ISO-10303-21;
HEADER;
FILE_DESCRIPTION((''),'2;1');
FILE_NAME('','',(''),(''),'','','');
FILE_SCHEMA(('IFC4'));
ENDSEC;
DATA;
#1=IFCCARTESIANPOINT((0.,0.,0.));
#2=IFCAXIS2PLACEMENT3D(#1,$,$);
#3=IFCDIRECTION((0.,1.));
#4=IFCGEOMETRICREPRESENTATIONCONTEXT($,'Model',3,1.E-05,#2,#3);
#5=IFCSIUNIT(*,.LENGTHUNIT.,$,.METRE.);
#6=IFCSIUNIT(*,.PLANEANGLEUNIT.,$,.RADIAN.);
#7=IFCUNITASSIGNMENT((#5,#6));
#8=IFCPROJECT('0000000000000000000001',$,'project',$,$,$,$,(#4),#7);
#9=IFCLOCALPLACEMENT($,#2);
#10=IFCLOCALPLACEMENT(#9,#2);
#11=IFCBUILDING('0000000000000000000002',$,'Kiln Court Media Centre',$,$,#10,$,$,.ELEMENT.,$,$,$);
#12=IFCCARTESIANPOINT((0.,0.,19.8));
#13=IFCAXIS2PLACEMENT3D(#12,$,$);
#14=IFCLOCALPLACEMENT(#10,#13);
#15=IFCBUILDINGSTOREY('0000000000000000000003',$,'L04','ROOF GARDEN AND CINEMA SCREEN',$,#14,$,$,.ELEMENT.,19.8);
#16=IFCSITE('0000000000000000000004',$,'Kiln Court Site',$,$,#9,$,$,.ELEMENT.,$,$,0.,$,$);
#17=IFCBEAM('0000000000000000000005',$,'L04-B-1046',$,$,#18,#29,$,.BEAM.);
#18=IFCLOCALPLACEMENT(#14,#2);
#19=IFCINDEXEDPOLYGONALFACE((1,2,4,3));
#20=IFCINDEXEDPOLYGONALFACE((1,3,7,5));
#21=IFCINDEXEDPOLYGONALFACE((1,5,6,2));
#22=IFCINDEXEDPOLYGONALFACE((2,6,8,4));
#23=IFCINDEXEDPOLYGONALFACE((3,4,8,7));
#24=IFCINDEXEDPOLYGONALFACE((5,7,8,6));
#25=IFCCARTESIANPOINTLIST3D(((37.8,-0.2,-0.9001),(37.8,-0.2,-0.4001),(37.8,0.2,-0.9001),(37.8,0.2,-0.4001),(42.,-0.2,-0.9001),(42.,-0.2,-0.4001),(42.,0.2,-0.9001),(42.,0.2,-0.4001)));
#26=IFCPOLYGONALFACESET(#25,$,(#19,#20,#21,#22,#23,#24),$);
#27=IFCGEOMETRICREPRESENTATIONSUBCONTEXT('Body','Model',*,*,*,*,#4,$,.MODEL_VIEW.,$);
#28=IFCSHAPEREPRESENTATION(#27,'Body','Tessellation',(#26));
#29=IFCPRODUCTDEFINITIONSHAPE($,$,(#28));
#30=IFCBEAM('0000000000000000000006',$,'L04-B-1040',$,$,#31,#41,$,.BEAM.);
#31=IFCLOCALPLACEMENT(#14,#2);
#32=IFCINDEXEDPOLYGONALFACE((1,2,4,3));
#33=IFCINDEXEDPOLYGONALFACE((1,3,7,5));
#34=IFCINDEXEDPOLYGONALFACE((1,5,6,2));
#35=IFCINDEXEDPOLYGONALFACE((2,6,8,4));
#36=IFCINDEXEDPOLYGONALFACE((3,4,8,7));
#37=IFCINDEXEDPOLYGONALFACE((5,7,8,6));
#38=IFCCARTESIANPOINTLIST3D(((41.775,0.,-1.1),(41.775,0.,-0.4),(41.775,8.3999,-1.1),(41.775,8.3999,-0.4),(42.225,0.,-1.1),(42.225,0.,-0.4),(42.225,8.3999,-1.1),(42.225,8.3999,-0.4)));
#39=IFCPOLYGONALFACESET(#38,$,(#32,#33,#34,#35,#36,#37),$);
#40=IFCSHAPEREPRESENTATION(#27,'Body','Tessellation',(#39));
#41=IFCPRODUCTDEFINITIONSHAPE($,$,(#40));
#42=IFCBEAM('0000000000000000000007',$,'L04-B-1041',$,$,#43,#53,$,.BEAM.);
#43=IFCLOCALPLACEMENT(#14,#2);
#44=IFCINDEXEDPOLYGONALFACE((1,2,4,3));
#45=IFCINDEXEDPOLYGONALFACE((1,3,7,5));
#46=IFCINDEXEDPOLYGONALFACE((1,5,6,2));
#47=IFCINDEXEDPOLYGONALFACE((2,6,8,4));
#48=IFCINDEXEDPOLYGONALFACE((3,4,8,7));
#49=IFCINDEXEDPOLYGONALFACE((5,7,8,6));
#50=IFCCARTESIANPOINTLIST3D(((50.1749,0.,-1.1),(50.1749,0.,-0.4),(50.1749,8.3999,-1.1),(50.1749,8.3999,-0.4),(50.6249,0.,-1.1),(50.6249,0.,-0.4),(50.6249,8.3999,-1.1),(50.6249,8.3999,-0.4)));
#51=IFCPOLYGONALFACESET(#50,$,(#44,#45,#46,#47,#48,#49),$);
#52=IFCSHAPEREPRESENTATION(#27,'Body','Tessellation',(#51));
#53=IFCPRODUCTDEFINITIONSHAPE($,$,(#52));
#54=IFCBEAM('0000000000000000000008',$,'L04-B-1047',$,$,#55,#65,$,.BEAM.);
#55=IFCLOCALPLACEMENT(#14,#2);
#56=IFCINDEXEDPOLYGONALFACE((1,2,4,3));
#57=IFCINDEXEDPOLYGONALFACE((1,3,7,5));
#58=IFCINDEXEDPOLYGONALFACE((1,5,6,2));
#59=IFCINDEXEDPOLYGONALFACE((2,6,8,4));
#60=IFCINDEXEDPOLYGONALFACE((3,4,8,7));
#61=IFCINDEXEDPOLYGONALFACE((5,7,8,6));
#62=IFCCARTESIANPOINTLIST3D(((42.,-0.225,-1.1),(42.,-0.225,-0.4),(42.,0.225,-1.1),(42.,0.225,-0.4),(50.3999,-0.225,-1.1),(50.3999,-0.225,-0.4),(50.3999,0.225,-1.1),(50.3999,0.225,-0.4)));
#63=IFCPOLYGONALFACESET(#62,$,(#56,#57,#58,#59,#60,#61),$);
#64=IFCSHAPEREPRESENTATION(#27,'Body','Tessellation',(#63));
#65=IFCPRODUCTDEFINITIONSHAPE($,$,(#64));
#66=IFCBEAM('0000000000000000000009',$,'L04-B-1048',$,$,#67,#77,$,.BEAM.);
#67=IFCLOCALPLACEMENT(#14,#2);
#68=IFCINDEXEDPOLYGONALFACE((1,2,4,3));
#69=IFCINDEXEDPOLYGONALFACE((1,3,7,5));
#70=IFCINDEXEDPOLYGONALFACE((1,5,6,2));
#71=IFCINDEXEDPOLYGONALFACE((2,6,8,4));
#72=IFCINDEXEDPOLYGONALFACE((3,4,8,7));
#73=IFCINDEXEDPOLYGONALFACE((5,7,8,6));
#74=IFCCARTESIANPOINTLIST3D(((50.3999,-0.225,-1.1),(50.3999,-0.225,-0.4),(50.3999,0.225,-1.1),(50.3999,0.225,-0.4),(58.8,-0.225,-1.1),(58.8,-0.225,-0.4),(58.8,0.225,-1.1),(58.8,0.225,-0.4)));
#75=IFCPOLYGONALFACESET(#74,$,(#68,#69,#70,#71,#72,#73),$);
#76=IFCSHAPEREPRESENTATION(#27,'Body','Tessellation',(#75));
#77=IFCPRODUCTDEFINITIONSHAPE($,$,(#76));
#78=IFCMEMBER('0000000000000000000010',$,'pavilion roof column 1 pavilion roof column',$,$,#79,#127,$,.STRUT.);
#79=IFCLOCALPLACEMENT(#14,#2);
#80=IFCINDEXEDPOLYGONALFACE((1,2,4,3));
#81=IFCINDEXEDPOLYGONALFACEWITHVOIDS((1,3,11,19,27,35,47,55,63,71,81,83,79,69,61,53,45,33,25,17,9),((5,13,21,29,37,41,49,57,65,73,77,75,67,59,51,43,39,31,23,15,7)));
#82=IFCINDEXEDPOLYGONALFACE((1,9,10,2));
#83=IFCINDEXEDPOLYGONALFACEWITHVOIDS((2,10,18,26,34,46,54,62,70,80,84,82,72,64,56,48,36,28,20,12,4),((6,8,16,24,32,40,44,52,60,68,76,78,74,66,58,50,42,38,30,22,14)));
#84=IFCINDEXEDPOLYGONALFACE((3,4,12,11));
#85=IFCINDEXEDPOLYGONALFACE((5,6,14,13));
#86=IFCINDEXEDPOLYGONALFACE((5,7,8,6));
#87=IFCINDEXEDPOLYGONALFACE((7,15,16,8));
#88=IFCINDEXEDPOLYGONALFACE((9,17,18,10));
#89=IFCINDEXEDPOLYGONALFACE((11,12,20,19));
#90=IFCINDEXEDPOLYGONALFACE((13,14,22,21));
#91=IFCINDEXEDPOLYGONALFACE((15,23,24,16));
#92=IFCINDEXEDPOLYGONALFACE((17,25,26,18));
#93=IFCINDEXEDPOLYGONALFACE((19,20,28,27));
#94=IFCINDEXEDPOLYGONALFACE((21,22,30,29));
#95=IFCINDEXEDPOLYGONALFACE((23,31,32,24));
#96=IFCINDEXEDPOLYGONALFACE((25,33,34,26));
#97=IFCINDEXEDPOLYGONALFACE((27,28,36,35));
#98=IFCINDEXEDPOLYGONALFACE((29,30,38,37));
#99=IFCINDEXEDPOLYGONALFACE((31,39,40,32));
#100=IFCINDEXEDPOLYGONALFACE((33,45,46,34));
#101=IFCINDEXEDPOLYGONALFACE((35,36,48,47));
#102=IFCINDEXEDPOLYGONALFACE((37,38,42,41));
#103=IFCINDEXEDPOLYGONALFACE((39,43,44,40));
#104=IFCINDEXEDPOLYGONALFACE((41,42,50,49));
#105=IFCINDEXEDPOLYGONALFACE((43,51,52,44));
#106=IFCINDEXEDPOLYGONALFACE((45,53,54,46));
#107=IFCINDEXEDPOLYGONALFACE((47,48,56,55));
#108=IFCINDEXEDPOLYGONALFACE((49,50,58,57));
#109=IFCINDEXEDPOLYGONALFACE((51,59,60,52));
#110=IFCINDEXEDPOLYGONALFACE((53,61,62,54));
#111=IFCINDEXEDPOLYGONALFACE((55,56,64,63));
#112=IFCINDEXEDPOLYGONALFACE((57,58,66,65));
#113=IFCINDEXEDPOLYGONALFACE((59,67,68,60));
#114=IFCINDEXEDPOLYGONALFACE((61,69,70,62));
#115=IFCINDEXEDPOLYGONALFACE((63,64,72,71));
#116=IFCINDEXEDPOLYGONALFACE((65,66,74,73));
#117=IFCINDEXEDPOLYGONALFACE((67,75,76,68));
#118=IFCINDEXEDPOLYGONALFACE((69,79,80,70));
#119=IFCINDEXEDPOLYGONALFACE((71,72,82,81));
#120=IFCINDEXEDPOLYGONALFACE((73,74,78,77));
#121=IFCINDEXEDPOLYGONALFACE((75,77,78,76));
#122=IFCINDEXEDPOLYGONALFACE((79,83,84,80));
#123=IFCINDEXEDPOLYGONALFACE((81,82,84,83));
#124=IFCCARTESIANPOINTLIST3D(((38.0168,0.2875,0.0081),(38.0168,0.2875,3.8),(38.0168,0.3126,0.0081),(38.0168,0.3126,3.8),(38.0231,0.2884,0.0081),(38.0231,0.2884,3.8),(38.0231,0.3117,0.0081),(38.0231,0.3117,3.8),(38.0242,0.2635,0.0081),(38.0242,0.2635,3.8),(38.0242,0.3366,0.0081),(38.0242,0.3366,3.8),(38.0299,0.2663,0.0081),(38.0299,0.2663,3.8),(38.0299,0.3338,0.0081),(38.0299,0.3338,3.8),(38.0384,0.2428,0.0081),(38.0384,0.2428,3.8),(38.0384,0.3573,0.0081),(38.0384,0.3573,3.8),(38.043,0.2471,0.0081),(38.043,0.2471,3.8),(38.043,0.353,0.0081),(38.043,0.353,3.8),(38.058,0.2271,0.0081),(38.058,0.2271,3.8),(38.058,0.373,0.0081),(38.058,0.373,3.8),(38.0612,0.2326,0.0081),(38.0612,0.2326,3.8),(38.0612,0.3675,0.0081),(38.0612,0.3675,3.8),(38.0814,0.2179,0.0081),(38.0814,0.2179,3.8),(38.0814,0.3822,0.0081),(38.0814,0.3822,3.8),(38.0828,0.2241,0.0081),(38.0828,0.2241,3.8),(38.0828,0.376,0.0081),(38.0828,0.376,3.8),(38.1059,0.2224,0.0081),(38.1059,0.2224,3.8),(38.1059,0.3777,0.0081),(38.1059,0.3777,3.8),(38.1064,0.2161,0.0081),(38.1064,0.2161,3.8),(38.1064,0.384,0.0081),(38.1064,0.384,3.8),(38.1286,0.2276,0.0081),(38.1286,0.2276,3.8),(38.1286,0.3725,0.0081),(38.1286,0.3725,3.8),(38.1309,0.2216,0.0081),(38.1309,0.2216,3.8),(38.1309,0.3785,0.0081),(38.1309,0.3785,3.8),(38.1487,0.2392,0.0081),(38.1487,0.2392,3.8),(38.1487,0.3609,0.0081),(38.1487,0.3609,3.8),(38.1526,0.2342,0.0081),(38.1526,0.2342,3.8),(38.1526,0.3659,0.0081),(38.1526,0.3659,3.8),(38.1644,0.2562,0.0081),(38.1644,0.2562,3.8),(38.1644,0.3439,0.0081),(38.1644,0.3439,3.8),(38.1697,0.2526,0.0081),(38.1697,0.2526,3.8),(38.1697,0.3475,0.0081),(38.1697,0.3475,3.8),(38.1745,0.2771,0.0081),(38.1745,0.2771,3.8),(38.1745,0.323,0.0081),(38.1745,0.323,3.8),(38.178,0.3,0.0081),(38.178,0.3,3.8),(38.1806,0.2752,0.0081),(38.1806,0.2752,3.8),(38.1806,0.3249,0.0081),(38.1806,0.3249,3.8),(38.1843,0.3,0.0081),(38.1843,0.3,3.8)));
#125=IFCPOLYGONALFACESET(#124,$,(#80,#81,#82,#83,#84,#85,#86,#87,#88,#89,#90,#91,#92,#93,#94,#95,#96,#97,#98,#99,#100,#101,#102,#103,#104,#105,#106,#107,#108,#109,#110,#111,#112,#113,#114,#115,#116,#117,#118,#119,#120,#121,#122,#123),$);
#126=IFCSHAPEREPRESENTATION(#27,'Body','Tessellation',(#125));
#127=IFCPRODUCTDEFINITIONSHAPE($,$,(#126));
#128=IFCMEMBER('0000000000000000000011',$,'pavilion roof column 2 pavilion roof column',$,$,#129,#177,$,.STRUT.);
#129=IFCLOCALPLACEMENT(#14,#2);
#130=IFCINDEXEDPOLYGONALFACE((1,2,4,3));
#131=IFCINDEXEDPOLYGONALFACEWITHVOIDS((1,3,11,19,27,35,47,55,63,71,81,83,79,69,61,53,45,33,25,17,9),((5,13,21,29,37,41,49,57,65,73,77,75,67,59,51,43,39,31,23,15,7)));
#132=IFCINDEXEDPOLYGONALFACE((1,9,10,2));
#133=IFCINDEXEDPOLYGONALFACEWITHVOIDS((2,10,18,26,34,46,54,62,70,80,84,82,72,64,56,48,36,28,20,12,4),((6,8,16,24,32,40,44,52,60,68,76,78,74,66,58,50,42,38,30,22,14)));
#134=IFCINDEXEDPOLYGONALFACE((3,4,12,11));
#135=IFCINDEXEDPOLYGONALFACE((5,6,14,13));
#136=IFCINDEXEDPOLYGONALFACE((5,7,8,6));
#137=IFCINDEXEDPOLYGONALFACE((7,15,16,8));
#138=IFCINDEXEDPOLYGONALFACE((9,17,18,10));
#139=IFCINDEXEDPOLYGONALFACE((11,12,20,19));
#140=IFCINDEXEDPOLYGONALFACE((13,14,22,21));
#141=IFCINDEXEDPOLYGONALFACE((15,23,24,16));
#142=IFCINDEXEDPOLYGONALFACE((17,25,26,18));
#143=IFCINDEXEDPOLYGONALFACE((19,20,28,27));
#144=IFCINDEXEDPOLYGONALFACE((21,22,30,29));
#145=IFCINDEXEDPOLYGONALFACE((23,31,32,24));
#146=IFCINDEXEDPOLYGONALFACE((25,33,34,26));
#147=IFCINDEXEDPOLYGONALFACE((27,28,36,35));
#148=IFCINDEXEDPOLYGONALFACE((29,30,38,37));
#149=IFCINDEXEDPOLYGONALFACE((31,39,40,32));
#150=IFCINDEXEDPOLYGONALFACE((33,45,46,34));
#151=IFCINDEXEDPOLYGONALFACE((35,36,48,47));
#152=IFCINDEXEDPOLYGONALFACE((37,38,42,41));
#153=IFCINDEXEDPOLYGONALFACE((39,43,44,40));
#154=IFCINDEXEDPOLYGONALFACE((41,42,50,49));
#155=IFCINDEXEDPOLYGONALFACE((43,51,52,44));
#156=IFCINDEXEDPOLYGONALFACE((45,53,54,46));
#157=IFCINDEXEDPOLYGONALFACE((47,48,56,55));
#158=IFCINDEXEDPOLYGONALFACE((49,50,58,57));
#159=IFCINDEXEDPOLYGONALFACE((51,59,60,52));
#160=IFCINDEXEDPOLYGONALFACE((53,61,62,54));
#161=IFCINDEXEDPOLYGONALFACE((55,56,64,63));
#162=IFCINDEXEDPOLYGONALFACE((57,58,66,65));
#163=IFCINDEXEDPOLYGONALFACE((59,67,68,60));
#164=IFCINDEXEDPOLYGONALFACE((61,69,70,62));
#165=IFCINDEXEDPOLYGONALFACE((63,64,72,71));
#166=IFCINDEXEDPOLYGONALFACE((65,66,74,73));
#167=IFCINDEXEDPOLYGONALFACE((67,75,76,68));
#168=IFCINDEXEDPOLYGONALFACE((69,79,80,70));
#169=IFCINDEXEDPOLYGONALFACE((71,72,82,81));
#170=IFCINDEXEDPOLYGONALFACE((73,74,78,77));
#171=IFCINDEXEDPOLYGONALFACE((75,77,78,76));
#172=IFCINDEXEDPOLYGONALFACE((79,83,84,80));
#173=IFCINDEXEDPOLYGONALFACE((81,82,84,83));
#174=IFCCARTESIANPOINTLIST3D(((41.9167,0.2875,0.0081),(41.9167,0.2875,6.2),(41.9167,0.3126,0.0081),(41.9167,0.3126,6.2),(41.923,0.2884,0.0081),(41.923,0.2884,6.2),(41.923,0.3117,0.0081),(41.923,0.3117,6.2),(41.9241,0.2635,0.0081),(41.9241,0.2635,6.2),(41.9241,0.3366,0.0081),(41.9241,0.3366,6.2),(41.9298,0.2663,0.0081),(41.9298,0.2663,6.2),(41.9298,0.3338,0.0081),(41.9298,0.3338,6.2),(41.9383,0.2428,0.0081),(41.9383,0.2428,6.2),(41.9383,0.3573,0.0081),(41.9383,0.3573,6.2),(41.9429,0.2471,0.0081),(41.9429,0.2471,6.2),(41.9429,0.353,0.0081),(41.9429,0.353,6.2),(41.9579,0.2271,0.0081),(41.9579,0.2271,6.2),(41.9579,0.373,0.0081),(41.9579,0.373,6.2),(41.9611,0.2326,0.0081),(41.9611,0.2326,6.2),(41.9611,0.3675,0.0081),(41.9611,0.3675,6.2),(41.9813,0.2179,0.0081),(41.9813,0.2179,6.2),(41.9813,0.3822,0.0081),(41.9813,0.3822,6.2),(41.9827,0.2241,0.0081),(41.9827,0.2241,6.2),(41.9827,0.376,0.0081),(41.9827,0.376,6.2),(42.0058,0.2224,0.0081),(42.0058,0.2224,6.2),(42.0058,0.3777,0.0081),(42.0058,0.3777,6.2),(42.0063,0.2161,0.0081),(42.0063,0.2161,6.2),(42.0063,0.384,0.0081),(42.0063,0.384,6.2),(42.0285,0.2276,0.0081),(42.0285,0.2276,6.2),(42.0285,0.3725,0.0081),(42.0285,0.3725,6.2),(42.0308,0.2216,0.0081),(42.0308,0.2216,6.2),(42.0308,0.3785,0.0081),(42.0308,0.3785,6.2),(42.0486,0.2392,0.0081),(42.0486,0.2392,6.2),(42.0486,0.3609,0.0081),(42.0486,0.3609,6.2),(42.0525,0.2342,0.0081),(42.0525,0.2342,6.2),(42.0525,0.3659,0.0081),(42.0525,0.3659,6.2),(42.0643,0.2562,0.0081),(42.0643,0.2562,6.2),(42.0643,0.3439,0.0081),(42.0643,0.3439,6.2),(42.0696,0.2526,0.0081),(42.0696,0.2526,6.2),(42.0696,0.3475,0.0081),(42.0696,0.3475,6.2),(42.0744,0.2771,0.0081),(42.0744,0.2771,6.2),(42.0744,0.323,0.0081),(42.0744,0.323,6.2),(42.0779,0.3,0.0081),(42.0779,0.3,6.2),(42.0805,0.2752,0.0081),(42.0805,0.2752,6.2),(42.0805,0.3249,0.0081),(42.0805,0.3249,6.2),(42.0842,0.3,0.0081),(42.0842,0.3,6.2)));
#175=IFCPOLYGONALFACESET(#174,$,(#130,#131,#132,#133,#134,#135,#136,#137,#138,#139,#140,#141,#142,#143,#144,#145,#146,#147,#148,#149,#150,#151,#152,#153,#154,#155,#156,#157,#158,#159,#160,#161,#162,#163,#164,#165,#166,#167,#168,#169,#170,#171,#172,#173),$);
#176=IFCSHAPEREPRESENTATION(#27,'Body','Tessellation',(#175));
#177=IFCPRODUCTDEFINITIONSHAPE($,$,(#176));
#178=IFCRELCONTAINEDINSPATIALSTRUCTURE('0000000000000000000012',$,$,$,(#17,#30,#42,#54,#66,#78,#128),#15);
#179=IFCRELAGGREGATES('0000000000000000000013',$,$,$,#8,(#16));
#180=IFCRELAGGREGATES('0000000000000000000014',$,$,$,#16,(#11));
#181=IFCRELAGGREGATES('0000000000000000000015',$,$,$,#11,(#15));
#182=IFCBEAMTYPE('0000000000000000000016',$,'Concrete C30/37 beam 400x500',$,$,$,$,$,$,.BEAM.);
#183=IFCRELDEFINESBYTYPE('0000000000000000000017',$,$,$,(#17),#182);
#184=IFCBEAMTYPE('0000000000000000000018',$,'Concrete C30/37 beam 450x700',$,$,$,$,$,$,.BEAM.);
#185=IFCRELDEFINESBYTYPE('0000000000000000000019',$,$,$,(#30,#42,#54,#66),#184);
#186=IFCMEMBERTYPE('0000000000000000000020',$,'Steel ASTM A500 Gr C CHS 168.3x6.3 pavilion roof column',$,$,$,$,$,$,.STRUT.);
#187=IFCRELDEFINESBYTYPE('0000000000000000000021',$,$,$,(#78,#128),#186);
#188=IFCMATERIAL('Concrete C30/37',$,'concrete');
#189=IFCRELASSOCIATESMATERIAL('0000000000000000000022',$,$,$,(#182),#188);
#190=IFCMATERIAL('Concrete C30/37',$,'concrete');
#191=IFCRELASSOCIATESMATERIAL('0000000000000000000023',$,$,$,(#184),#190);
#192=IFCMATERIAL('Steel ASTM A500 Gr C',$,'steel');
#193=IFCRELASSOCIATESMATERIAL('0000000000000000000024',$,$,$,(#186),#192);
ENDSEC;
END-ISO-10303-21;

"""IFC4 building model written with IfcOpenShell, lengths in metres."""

from ifc_helpers import new_model, si_unit, direction, frame, origin, origin_2d, place, context, subcontext, project, spatial, rectangle, hollow_circle, extrude, material, material_profile, profile_set, type_object, element, save


model = new_model("IFC4")

# Units and contexts
model_context = context("Model", 3, precision=1e-05, world=origin(), true_north=direction((0.0, 1.0)))
body_context = subcontext(model_context, "Body", "Model", "MODEL_VIEW")
ifc_project = project(units=[si_unit("LENGTHUNIT", "METRE"), si_unit("PLANEANGLEUNIT", "RADIAN")], contexts=[model_context])

# Site, building, storey
site_placement = place(None, origin())
site = spatial("IfcSite", under=ifc_project, at=site_placement, Name="Kiln Court Site", CompositionType="ELEMENT", RefElevation=0.0)
building_placement = place(site_placement, origin())
building = spatial("IfcBuilding", under=site, at=building_placement, Name="Kiln Court Media Centre", CompositionType="ELEMENT")
storey_placement = place(building_placement, frame((0.0, 0.0, 19.8)))
storey = spatial("IfcBuildingStorey", under=building, at=storey_placement, Name="L04", Description="ROOF GARDEN AND CINEMA SCREEN", CompositionType="ELEMENT", Elevation=19.8)

# Beams
ifc_material_1 = material(Name="Concrete C30/37", Category="concrete")
ifc_material_profile_1 = material_profile(ifc_material_1, rectangle(XDim=0.3999, YDim=0.5, at=origin_2d()), Name="RC 400x500")
ifc_profile_set_1 = profile_set([ifc_material_profile_1], Name="Concrete C30/37")
beam_type_1 = type_object("IfcBeamType", Name="Concrete C30/37 beam 400x500", PredefinedType="BEAM", material=ifc_profile_set_1)
beam_1_placement = place(storey_placement, frame((37.8, 0.0, -0.6501), z_axis=(1.0, 0.0, 0.0), x_axis=(0.0, 1.0, 0.0)))
element("IfcBeam", 1, at=beam_1_placement, inside=storey, type_object=beam_type_1, Name="L04-B-1046", PredefinedType="BEAM", context=body_context, shape_type="SweptSolid", body=[
    extrude(rectangle(XDim=0.3999, YDim=0.5, at=origin_2d()), origin(), (0.0, 0.0, 1.0), 4.2),
])
ifc_material_2 = material(Name="Concrete C30/37", Category="concrete")
ifc_material_profile_2 = material_profile(ifc_material_2, rectangle(XDim=0.45, YDim=0.7, at=origin_2d()), Name="RC 450x700")
ifc_profile_set_2 = profile_set([ifc_material_profile_2], Name="Concrete C30/37")
beam_type_2 = type_object("IfcBeamType", Name="Concrete C30/37 beam 450x700", PredefinedType="BEAM", material=ifc_profile_set_2)
for number, where, z_axis, x_axis, name in (
    (2, (42.0, 0.0, -0.75), (0.0, 1.0, 0.0), (-1.0, 0.0, 0.0), "L04-B-1040"),
    (3, (50.3999, 0.0, -0.75), (0.0, 1.0, 0.0), (-1.0, 0.0, 0.0), "L04-B-1041"),
    (4, (42.0, 0.0, -0.75), (1.0, 0.0, 0.0), (0.0, 1.0, 0.0), "L04-B-1047"),
):
    element("IfcBeam", number, at=place(storey_placement, frame(where, z_axis=z_axis, x_axis=x_axis)), inside=storey, type_object=beam_type_2, Name=name, PredefinedType="BEAM", context=body_context, shape_type="SweptSolid", body=[
        extrude(rectangle(XDim=0.45, YDim=0.7, at=origin_2d()), origin(), (0.0, 0.0, 1.0), 8.3999),
    ])
beam_2_placement = place(storey_placement, frame((50.3999, 0.0, -0.75), z_axis=(1.0, 0.0, 0.0), x_axis=(0.0, 1.0, 0.0)))
element("IfcBeam", 5, at=beam_2_placement, inside=storey, type_object=beam_type_2, Name="L04-B-1048", PredefinedType="BEAM", context=body_context, shape_type="SweptSolid", body=[
    extrude(rectangle(XDim=0.45, YDim=0.7, at=origin_2d()), origin(), (0.0, 0.0, 1.0), 8.4001),
])

# Members
ifc_material_3 = material(Name="Steel ASTM A500 Gr C", Category="steel")
ifc_material_profile_3 = material_profile(ifc_material_3, hollow_circle(Radius=0.0842, WallThickness=0.0063, at=origin_2d()), Name="CHS 168.3x6.3")
ifc_profile_set_3 = profile_set([ifc_material_profile_3], Name="Steel ASTM A500 Gr C")
member_type = type_object("IfcMemberType", Name="Steel ASTM A500 Gr C CHS 168.3x6.3 pavilion roof column", PredefinedType="STRUT", material=ifc_profile_set_3)
member_1_placement = place(storey_placement, frame((38.1001, 0.3, 0.0081), z_axis=(0.0, 0.0, 1.0), x_axis=(1.0, 0.0, 0.0)))
element("IfcMember", 6, at=member_1_placement, inside=storey, type_object=member_type, Name="pavilion roof column 1 pavilion roof column", PredefinedType="STRUT", context=body_context, shape_type="SweptSolid", body=[
    extrude(hollow_circle(Radius=0.0842, WallThickness=0.0063, at=origin_2d()), origin(), (0.0, 0.0, 1.0), 3.792),
])
member_2_placement = place(storey_placement, frame((42.0, 0.3, 0.0081), z_axis=(0.0, 0.0, 1.0), x_axis=(1.0, 0.0, 0.0)))
element("IfcMember", 7, at=member_2_placement, inside=storey, type_object=member_type, Name="pavilion roof column 2 pavilion roof column", PredefinedType="STRUT", context=body_context, shape_type="SweptSolid", body=[
    extrude(hollow_circle(Radius=0.0842, WallThickness=0.0063, at=origin_2d()), origin(), (0.0, 0.0, 1.0), 6.1919),
])

save(model, "model.ifc")
